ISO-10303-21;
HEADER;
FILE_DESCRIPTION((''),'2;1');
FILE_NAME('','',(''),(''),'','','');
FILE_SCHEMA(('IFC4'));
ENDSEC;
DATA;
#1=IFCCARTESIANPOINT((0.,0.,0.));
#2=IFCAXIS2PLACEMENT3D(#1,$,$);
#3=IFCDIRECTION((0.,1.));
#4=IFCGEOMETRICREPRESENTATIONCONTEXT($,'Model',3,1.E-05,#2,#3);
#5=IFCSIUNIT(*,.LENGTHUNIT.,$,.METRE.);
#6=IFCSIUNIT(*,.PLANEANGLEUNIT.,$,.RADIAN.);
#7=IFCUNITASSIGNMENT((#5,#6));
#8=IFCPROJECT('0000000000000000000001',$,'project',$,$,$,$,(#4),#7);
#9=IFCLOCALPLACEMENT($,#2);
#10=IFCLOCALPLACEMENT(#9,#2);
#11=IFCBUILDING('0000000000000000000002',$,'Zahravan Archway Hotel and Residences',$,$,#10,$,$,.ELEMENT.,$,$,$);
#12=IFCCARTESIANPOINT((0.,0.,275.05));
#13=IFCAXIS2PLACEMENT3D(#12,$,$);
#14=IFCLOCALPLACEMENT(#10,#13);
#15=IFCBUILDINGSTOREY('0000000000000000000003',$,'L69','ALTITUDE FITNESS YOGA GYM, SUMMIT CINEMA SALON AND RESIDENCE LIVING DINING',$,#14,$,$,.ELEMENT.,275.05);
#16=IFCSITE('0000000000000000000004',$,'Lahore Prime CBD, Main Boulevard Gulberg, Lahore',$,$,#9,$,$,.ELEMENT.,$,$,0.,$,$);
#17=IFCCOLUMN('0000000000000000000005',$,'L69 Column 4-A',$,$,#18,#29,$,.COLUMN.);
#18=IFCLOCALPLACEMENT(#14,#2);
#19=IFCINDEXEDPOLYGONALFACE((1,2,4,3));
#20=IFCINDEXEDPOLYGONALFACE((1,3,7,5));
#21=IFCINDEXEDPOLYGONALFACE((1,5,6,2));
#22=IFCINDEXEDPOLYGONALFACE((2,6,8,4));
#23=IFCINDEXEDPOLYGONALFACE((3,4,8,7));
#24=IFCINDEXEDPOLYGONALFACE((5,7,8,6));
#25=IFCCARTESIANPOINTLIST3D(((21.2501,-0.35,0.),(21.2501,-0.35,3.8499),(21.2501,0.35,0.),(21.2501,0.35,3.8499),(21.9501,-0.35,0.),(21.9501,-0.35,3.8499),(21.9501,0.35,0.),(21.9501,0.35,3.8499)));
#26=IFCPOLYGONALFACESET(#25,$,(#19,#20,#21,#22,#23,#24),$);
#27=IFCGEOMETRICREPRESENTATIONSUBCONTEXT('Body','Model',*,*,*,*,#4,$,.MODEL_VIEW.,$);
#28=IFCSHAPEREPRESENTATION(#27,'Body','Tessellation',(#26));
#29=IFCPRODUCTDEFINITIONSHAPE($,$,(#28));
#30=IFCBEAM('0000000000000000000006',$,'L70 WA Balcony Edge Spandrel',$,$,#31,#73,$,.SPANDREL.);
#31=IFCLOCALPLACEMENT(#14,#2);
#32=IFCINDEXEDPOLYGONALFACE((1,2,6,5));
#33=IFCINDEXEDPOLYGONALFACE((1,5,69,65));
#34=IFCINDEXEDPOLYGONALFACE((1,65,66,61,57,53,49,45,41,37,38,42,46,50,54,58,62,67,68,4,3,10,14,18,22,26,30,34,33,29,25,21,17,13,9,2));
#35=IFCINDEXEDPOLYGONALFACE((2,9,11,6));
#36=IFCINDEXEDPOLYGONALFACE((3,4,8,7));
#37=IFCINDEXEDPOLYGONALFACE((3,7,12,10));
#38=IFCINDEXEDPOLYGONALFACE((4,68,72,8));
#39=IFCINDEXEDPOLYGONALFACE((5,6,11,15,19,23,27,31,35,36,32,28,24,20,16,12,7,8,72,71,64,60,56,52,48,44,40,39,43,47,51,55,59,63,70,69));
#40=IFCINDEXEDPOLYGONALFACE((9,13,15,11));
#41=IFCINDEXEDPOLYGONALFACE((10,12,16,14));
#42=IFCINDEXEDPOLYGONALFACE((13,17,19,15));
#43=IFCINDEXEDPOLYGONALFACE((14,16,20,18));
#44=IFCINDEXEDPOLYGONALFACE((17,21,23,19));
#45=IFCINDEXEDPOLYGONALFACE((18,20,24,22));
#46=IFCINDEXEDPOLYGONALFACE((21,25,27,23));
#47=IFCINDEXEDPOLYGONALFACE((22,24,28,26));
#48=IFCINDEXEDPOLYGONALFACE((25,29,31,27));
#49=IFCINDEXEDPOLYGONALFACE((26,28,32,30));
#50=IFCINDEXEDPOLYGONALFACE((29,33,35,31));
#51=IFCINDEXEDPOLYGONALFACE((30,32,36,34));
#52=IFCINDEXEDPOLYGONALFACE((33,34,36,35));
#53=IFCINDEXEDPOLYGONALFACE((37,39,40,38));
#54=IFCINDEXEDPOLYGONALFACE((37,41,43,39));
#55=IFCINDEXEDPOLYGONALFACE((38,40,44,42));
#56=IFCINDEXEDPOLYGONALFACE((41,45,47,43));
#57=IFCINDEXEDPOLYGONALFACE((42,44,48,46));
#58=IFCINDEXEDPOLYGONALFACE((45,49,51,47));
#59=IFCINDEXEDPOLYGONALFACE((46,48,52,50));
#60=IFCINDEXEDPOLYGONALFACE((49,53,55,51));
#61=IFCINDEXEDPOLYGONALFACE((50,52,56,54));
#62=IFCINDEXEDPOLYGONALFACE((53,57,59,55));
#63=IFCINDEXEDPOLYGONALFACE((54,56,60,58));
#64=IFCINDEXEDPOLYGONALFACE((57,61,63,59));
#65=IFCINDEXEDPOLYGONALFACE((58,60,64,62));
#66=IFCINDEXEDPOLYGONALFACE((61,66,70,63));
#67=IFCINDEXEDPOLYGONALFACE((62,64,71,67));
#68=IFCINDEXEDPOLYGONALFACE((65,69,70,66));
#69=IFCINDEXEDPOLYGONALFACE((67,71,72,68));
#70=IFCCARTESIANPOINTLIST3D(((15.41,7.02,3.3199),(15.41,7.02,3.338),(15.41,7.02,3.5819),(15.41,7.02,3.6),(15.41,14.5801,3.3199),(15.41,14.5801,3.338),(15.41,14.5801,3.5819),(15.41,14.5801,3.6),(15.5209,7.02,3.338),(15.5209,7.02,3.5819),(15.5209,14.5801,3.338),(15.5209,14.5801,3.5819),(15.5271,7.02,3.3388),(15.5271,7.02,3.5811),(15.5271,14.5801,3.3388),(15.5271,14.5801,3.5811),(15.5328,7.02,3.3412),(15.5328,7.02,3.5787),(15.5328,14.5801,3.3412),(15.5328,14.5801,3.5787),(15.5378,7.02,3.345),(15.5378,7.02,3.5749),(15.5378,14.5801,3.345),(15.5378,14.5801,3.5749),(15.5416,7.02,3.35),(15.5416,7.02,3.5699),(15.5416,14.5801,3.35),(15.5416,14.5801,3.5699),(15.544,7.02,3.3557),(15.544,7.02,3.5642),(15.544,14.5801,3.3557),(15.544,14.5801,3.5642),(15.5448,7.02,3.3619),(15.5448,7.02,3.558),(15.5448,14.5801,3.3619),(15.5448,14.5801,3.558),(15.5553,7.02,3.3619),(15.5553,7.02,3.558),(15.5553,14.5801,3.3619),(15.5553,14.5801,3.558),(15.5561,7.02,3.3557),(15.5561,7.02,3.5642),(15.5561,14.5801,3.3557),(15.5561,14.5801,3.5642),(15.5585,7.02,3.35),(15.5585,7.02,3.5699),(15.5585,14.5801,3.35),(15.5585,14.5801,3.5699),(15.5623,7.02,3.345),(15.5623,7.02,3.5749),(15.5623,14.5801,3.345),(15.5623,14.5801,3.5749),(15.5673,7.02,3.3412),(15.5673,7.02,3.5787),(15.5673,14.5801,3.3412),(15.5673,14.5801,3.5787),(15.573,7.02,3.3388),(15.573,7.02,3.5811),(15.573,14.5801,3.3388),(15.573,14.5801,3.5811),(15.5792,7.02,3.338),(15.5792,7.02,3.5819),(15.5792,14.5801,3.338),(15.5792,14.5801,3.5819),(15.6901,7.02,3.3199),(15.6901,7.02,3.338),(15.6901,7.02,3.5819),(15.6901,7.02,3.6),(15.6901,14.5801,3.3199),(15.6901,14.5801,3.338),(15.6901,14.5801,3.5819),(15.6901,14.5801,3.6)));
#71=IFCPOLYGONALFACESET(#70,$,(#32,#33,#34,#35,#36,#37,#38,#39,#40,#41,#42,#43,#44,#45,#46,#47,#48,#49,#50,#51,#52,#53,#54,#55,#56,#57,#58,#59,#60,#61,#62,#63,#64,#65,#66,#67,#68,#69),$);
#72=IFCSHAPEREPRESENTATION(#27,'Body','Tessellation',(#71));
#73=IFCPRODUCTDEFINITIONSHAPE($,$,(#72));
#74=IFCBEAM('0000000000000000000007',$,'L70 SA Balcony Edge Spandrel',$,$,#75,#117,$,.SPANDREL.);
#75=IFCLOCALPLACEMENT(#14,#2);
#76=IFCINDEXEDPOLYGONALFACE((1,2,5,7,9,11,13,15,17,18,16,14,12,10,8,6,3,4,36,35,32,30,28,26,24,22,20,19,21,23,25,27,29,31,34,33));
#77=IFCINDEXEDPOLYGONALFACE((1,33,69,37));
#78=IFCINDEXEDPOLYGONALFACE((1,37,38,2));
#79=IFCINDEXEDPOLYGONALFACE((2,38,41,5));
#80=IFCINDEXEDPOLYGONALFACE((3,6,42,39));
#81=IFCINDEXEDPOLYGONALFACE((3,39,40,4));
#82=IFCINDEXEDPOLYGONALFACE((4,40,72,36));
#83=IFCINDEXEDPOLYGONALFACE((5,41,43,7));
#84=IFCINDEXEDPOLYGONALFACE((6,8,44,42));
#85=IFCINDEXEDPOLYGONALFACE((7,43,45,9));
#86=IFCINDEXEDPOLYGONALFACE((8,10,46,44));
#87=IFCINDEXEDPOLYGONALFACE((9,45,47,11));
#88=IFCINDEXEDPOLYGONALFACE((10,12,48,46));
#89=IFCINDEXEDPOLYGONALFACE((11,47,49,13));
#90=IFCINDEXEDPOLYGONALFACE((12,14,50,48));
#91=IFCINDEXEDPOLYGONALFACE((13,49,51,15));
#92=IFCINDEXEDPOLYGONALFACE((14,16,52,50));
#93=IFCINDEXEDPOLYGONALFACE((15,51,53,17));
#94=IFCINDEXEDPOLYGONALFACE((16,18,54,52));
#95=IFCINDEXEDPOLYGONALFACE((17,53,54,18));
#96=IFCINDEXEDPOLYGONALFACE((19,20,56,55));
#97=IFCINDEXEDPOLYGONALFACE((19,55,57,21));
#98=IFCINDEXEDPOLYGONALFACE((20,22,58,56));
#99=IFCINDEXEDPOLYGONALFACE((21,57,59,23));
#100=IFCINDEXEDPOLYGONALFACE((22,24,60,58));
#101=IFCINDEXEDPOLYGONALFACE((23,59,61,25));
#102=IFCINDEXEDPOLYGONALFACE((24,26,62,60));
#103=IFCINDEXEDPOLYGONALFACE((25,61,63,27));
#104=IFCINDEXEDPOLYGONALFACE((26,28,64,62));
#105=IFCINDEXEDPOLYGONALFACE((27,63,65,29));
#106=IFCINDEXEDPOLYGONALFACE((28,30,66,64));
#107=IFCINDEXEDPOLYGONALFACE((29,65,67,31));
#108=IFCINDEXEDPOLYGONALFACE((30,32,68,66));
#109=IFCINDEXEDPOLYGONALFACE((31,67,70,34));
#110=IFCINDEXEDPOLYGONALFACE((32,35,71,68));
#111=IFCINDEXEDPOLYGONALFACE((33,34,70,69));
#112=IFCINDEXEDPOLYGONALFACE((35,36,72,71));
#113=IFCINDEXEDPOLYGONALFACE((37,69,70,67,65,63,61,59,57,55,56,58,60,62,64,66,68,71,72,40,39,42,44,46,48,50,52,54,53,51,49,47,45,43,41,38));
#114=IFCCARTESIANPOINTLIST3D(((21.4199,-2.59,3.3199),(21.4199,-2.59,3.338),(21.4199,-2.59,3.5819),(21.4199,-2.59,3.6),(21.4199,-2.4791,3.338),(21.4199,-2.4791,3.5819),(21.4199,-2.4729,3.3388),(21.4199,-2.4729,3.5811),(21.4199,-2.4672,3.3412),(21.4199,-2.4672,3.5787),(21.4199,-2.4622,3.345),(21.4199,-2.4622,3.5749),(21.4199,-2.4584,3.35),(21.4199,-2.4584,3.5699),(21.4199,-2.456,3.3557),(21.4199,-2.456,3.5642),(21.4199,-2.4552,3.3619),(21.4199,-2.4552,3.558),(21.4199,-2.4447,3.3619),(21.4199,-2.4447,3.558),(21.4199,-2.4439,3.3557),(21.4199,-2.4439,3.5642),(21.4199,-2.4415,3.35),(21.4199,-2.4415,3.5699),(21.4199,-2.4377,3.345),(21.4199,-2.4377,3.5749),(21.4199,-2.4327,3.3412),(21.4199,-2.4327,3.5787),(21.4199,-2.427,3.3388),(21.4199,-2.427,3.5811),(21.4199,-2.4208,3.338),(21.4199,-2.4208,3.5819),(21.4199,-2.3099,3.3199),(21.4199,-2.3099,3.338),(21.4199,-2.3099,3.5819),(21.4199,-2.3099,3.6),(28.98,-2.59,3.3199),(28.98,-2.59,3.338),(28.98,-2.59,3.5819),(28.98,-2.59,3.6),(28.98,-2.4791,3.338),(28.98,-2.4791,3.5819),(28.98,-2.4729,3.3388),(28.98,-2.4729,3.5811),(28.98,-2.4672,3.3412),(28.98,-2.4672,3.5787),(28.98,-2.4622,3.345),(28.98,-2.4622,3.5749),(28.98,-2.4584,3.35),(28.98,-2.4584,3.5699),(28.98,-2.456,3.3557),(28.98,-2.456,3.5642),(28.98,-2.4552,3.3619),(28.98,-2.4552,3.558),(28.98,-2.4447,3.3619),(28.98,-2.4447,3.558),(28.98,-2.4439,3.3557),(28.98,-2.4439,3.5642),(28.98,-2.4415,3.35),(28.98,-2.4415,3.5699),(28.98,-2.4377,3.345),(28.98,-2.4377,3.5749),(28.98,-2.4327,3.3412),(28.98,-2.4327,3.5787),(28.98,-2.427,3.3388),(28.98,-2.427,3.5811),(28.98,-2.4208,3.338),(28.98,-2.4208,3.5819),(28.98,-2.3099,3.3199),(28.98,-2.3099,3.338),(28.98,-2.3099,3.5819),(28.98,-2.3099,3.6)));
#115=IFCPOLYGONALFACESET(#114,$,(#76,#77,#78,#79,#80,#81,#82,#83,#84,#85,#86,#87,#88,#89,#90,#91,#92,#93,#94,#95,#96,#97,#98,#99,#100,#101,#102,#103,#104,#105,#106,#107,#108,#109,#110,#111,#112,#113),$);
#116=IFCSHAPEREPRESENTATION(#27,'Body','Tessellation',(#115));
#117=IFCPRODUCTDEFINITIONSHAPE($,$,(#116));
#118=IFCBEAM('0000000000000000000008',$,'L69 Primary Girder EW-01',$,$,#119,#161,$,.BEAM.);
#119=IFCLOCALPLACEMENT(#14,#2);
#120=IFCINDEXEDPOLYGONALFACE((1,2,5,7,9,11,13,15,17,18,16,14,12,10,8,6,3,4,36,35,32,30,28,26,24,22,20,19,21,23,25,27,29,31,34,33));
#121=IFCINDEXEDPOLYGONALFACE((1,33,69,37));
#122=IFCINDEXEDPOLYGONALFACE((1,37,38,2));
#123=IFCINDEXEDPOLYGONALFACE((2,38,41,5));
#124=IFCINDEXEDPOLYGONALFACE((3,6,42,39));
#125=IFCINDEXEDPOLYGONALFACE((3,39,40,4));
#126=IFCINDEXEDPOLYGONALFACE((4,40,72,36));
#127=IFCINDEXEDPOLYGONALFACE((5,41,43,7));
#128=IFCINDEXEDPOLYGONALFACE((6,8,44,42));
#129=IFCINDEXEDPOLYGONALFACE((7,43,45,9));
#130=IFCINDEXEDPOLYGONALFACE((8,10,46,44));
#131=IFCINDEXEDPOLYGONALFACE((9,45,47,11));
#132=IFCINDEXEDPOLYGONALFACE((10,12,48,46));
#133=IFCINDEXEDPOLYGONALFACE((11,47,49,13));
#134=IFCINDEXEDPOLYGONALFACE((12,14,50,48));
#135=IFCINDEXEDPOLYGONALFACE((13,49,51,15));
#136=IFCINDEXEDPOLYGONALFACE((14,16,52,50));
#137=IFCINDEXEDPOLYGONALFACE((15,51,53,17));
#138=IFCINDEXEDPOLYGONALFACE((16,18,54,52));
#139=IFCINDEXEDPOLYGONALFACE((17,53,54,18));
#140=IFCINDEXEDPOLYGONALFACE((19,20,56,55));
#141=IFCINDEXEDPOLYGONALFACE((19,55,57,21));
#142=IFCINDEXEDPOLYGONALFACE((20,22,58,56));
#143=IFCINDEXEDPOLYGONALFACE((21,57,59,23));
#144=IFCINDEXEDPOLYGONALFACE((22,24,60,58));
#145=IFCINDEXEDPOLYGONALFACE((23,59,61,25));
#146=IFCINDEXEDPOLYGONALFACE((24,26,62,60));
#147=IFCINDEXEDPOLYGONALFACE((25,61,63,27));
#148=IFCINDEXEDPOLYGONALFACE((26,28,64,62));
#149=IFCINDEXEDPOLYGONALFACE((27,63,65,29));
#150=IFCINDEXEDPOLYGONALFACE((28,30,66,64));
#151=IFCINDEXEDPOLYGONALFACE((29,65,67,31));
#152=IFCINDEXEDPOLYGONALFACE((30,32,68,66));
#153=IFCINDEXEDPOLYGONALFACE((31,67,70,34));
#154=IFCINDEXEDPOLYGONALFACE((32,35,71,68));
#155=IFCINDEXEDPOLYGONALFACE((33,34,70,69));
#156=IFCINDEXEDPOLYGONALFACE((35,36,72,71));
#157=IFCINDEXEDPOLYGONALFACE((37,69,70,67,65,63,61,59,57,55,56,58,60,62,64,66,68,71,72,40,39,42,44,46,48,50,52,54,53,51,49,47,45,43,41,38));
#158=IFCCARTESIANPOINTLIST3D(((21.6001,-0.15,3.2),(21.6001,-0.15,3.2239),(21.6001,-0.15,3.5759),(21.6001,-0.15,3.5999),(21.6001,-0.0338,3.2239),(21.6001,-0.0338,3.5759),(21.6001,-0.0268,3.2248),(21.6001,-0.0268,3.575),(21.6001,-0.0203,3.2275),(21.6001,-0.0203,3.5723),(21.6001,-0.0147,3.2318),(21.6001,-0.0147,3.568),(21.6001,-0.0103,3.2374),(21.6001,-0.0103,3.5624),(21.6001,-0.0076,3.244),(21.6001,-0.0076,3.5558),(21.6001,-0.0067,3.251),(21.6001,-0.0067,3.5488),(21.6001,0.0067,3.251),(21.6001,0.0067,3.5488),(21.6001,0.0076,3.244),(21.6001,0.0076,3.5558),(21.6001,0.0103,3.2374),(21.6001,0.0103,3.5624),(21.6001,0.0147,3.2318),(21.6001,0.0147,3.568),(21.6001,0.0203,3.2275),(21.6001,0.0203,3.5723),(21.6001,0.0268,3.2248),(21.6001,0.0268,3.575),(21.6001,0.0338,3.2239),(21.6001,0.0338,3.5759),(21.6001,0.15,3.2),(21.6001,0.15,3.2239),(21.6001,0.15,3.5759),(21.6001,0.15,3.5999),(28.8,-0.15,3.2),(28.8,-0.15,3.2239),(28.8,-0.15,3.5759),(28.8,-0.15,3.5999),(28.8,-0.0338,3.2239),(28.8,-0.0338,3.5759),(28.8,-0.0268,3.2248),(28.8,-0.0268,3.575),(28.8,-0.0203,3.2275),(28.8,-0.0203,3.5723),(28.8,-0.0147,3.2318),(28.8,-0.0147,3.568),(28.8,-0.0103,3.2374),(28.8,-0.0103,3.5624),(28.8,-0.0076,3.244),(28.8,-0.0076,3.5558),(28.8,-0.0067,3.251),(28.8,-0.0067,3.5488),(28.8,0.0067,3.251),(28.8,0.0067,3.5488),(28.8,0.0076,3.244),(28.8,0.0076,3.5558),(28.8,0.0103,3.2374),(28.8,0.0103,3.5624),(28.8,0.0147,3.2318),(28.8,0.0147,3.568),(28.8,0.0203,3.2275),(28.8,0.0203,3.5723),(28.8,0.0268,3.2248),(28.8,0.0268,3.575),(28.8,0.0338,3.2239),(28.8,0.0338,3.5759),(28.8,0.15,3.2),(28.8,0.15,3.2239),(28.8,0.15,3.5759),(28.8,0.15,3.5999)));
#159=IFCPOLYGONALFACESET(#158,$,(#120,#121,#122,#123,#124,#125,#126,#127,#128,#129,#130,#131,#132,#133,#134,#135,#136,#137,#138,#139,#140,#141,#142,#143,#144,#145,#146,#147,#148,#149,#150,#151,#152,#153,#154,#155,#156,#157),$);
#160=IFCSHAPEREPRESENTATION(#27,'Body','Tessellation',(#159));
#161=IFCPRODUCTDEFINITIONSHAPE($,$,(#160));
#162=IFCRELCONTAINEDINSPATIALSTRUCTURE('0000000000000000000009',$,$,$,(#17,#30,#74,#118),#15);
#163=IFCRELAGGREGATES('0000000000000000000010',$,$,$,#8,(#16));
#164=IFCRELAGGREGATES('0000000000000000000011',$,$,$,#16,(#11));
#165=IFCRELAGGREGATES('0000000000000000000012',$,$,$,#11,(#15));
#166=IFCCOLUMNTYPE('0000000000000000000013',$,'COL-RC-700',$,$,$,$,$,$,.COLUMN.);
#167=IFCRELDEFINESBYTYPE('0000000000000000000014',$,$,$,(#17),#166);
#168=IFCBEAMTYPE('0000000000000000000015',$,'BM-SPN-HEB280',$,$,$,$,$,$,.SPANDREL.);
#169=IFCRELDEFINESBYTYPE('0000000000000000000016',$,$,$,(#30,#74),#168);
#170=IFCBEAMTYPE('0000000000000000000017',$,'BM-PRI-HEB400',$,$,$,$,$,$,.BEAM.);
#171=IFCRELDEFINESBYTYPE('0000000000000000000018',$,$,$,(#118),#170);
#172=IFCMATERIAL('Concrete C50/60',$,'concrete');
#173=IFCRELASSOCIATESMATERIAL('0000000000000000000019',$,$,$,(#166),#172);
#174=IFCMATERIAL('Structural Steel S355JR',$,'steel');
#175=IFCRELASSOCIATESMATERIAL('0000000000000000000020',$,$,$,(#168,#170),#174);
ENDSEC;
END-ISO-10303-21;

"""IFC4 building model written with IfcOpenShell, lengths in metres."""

from ifc_helpers import new_model, si_unit, direction, frame, origin, origin_2d, place, context, subcontext, project, spatial, rectangle, i_section, extrude, source, transform, mapped, material, material_profile, profile_set, type_object, type_shapes, element, save


model = new_model("IFC4")

# Units and contexts
model_context = context("Model", 3, precision=1e-05, world=origin(), true_north=direction((0.0, 1.0)))
body_context = subcontext(model_context, "Body", "Model", "MODEL_VIEW")
ifc_project = project(units=[si_unit("LENGTHUNIT", "METRE"), si_unit("PLANEANGLEUNIT", "RADIAN")], contexts=[model_context])

# Site, building, storey
site_placement = place(None, origin())
site = spatial("IfcSite", under=ifc_project, at=site_placement, Name="Lahore Prime CBD, Main Boulevard Gulberg, Lahore", CompositionType="ELEMENT", RefElevation=0.0)
building_placement = place(site_placement, origin())
building = spatial("IfcBuilding", under=site, at=building_placement, Name="Zahravan Archway Hotel and Residences", CompositionType="ELEMENT")
storey_placement = place(building_placement, frame((0.0, 0.0, 275.05)))
storey = spatial("IfcBuildingStorey", under=building, at=storey_placement, Name="L69", Description="ALTITUDE FITNESS YOGA GYM, SUMMIT CINEMA SALON AND RESIDENCE LIVING DINING", CompositionType="ELEMENT", Elevation=275.05)

# Column
ifc_material_1 = material(Name="Concrete C50/60", Category="concrete")
ifc_material_profile_1 = material_profile(ifc_material_1, rectangle(XDim=0.7, YDim=0.7, at=origin_2d()), Name="RC-COL-700x700", Category="concrete")
ifc_profile_set_1 = profile_set([ifc_material_profile_1], Name="Concrete C50/60")
column_type = type_object("IfcColumnType", Name="COL-RC-700", PredefinedType="COLUMN", material=ifc_profile_set_1)
shared_shape_1 = source(origin(), body_context, "Body", "SweptSolid", [
    extrude(rectangle(XDim=0.7, YDim=0.7, at=origin_2d()), origin(), (0.0, 0.0, 1.0), 3.8499),
])
type_shapes(column_type, [shared_shape_1])
column_placement = place(storey_placement, frame((21.6001, 0.0, 0.0), z_axis=(0.0, 0.0, 1.0), x_axis=(1.0, 0.0, 0.0)))
element("IfcColumn", 1, at=column_placement, inside=storey, type_object=column_type, Name="L69 Column 4-A", PredefinedType="COLUMN", context=body_context, shape_type="MappedRepresentation", body=[
    mapped(shared_shape_1, transform((0.0, 0.0, 0.0), scale=1.0)),
])

# Beams
ifc_material_2 = material(Name="Structural Steel S355JR", Category="steel")
ifc_material_profile_2 = material_profile(ifc_material_2, i_section(OverallWidth=0.28, OverallDepth=0.28, WebThickness=0.0105, FlangeThickness=0.0181, FilletRadius=0.0239, at=origin_2d()), Name="HEB 280", Category="steel")
ifc_profile_set_2 = profile_set([ifc_material_profile_2], Name="Structural Steel S355JR")
beam_type_1 = type_object("IfcBeamType", Name="BM-SPN-HEB280", PredefinedType="SPANDREL", material=ifc_profile_set_2)
shared_shape_2 = source(origin(), body_context, "Body", "SweptSolid", [
    extrude(i_section(OverallWidth=0.28, OverallDepth=0.28, WebThickness=0.0105, FlangeThickness=0.0181, FilletRadius=0.0239, at=origin_2d()), origin(), (0.0, 0.0, 1.0), 7.5601),
])
type_shapes(beam_type_1, [shared_shape_2])
for number, where, z_axis, x_axis, name in (
    (2, (15.55, 7.02, 3.46), (0.0, 1.0, 0.0), (-1.0, 0.0, 0.0), "L70 WA Balcony Edge Spandrel"),
    (3, (21.4199, -2.45, 3.46), (1.0, 0.0, 0.0), (0.0, 1.0, 0.0), "L70 SA Balcony Edge Spandrel"),
):
    element("IfcBeam", number, at=place(storey_placement, frame(where, z_axis=z_axis, x_axis=x_axis)), inside=storey, type_object=beam_type_1, Name=name, PredefinedType="SPANDREL", context=body_context, shape_type="MappedRepresentation", body=[
        mapped(shared_shape_2, transform((0.0, 0.0, 0.0), scale=1.0)),
    ])
ifc_material_profile_3 = material_profile(ifc_material_2, i_section(OverallWidth=0.3, OverallDepth=0.3999, WebThickness=0.0134, FlangeThickness=0.0239, FilletRadius=0.0271, at=origin_2d()), Name="HEB 400", Category="steel")
ifc_profile_set_3 = profile_set([ifc_material_profile_3], Name="Structural Steel S355JR")
beam_type_2 = type_object("IfcBeamType", Name="BM-PRI-HEB400", PredefinedType="BEAM", material=ifc_profile_set_3)
shared_shape_3 = source(origin(), body_context, "Body", "SweptSolid", [
    extrude(i_section(OverallWidth=0.3, OverallDepth=0.3999, WebThickness=0.0134, FlangeThickness=0.0239, FilletRadius=0.0271, at=origin_2d()), origin(), (0.0, 0.0, 1.0), 7.2),
])
type_shapes(beam_type_2, [shared_shape_3])
beam_1_placement = place(storey_placement, frame((21.6001, 0.0, 3.3999), z_axis=(1.0, 0.0, 0.0), x_axis=(0.0, 1.0, 0.0)))
element("IfcBeam", 4, at=beam_1_placement, inside=storey, type_object=beam_type_2, Name="L69 Primary Girder EW-01", PredefinedType="BEAM", context=body_context, shape_type="MappedRepresentation", body=[
    mapped(shared_shape_3, transform((0.0, 0.0, 0.0), scale=1.0)),
])

save(model, "model.ifc")
